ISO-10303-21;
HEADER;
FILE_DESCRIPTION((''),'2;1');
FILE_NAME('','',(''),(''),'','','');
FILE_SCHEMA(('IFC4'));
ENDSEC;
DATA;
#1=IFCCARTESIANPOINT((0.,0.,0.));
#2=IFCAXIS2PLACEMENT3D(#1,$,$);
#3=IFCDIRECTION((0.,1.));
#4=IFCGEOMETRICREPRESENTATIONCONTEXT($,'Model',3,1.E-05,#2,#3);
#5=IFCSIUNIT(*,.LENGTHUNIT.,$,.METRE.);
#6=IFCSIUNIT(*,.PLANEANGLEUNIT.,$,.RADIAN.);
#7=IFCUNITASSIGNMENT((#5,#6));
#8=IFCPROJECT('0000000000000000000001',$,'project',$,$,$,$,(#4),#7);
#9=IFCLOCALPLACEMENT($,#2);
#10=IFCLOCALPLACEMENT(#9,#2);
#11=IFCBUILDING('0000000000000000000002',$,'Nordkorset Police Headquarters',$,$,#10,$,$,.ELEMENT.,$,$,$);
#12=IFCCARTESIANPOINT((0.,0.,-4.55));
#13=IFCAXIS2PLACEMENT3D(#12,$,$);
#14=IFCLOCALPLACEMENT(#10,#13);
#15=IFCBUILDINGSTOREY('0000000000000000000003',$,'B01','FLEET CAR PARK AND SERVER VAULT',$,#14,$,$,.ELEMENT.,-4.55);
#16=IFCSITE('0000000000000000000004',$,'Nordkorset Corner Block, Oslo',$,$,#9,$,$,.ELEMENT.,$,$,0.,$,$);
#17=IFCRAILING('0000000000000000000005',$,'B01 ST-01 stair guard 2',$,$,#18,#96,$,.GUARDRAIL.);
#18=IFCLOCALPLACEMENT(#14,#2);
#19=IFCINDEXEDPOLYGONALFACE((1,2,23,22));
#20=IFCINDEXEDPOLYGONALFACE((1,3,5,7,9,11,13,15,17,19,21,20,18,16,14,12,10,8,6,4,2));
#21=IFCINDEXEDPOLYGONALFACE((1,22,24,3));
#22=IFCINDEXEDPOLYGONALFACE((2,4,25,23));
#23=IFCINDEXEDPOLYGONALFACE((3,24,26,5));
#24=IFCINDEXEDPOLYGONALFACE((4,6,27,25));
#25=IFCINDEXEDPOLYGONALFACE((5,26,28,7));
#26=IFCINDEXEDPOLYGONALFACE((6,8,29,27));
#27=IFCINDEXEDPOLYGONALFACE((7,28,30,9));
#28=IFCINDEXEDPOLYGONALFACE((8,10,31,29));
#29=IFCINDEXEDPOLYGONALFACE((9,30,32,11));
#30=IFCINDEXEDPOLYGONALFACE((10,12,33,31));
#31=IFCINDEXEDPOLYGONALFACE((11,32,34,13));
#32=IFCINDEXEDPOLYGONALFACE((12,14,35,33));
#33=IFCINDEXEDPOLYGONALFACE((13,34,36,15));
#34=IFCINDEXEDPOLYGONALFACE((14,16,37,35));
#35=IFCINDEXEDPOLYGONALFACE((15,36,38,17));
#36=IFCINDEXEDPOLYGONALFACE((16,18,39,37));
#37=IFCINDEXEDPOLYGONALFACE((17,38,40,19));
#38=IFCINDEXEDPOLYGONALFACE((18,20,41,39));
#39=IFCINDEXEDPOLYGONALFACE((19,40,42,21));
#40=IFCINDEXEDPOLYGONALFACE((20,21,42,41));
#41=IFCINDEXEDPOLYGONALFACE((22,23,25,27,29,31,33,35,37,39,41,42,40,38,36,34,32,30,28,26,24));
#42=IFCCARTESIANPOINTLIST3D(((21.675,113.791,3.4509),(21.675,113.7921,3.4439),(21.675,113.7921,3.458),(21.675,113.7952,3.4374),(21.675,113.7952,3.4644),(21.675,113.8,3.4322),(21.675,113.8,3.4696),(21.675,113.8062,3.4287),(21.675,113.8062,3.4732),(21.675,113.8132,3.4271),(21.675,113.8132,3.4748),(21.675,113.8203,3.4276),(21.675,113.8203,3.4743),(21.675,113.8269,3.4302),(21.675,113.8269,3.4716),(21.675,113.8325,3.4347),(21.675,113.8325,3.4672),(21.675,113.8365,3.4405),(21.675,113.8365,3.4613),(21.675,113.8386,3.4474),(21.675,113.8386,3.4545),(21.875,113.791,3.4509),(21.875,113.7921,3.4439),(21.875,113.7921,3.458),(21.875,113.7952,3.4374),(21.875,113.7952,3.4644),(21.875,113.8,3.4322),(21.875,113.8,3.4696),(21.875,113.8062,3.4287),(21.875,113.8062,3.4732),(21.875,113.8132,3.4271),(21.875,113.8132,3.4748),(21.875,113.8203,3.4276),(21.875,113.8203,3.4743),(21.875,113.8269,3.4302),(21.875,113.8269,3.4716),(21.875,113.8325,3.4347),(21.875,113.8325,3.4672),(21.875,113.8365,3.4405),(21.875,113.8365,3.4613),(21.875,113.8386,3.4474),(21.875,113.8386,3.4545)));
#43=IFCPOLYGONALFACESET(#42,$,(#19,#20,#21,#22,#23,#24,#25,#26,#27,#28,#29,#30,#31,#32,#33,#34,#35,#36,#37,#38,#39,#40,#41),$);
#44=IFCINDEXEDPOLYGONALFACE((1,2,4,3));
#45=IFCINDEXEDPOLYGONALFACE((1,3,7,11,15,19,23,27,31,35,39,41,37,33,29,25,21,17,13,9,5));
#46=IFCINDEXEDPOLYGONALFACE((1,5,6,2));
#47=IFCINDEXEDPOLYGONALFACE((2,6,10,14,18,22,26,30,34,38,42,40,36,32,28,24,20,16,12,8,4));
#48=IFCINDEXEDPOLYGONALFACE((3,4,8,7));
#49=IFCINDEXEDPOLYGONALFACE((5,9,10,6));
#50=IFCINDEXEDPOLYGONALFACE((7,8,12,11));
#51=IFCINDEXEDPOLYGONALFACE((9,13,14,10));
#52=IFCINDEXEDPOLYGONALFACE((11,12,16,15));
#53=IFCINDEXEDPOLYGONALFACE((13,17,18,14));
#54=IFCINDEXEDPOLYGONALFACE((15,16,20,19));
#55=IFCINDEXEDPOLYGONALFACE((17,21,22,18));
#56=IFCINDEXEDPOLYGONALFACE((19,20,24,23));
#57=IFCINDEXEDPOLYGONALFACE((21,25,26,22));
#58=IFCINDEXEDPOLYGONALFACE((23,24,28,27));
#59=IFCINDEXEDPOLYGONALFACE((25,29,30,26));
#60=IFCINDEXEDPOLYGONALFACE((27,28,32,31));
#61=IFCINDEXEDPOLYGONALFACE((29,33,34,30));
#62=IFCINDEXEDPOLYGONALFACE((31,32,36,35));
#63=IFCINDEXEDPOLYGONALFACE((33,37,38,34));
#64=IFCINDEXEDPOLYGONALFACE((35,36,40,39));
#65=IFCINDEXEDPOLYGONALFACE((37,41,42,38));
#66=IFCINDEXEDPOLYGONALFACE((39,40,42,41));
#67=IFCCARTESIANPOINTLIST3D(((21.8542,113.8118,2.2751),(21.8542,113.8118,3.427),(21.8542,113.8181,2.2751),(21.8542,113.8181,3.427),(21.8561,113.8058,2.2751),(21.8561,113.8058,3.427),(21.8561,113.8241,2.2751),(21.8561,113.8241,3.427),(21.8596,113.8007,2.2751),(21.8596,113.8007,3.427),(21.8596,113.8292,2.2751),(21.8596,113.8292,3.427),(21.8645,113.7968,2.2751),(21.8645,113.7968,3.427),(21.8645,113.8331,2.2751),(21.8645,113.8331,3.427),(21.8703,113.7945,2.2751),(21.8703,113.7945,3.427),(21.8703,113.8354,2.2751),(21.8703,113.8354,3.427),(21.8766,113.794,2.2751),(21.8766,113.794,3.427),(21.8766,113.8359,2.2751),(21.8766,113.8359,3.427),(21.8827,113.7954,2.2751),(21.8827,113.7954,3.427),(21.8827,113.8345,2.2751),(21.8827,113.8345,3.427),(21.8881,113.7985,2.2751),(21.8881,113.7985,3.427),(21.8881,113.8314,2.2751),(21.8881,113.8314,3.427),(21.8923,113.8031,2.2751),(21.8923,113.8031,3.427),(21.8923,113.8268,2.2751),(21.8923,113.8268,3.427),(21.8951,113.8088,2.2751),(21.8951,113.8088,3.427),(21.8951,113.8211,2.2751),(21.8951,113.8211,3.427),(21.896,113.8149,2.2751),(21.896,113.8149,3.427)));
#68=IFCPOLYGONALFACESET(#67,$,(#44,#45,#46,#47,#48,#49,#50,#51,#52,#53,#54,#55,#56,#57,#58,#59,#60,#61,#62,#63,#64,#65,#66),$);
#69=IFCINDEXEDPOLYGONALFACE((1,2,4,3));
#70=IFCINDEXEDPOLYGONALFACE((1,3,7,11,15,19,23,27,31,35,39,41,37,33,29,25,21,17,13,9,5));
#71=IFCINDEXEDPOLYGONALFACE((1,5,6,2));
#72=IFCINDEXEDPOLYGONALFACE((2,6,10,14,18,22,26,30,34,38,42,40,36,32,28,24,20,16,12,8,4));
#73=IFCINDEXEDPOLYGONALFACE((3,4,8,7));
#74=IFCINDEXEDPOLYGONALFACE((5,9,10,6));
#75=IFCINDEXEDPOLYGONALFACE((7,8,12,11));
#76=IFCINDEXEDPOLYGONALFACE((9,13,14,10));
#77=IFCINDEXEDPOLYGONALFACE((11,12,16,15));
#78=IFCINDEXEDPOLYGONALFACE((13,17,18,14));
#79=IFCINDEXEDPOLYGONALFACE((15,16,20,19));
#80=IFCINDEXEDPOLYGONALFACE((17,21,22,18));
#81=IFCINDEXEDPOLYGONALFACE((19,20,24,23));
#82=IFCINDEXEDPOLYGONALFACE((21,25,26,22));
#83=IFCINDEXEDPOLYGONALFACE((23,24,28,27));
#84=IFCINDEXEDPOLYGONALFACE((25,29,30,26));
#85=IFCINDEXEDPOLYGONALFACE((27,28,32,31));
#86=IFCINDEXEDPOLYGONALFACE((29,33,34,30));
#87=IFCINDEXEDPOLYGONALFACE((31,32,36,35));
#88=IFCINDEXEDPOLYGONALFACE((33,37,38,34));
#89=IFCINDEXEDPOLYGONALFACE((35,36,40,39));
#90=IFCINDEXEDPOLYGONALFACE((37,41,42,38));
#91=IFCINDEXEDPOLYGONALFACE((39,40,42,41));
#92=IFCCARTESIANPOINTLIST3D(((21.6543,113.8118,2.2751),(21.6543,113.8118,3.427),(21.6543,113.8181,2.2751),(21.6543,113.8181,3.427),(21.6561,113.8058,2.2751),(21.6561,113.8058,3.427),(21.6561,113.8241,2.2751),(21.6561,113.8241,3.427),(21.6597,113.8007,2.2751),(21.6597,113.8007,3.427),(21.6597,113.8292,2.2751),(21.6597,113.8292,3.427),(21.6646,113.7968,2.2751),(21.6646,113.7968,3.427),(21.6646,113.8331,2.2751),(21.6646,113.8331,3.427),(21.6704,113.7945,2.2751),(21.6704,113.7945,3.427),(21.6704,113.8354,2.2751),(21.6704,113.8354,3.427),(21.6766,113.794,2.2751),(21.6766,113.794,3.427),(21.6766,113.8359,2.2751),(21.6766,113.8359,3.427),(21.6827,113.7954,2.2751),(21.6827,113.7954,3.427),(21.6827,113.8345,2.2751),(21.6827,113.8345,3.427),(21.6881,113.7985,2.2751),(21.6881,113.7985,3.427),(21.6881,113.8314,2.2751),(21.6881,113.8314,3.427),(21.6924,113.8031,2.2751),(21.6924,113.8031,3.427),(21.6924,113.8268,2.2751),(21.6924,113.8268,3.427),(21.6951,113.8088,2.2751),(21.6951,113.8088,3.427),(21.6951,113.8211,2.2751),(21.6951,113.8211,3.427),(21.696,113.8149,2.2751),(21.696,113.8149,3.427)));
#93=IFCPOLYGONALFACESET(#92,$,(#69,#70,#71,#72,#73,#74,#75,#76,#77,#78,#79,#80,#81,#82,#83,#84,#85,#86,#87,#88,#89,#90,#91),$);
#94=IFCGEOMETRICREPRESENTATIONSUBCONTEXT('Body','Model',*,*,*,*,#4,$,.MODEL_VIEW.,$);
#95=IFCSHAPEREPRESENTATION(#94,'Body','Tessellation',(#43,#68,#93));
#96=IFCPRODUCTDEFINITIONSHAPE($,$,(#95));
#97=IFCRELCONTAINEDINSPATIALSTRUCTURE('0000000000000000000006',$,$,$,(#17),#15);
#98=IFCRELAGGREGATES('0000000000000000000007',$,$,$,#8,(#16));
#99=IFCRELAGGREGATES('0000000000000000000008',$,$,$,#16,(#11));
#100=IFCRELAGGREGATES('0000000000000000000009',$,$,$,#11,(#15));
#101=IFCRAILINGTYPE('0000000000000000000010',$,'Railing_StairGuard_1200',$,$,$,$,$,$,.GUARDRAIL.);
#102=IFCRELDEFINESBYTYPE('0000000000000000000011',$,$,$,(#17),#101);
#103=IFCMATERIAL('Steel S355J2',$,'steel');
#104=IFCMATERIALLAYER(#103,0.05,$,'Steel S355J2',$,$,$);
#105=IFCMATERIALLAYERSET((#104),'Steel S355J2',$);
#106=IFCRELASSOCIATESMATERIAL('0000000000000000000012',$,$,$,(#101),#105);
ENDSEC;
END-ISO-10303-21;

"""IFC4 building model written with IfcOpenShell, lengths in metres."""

from ifc_helpers import new_model, si_unit, direction, frame, origin, origin_2d, place, context, subcontext, project, spatial, circle, extrude, material, layer, layer_set, type_object, element, save


model = new_model("IFC4")

# Units and contexts
model_context = context("Model", 3, precision=1e-05, world=origin(), true_north=direction((0.0, 1.0)))
body_context = subcontext(model_context, "Body", "Model", "MODEL_VIEW")
ifc_project = project(units=[si_unit("LENGTHUNIT", "METRE"), si_unit("PLANEANGLEUNIT", "RADIAN")], contexts=[model_context])

# Site, building, storey
site_placement = place(None, origin())
site = spatial("IfcSite", under=ifc_project, at=site_placement, Name="Nordkorset Corner Block, Oslo", CompositionType="ELEMENT", RefElevation=0.0)
building_placement = place(site_placement, origin())
building = spatial("IfcBuilding", under=site, at=building_placement, Name="Nordkorset Police Headquarters", CompositionType="ELEMENT")
storey_placement = place(building_placement, frame((0.0, 0.0, -4.55)))
storey = spatial("IfcBuildingStorey", under=building, at=storey_placement, Name="B01", Description="FLEET CAR PARK AND SERVER VAULT", CompositionType="ELEMENT", Elevation=-4.55)

# Railing
ifc_material_1 = material(Name="Steel S355J2", Category="steel")
ifc_layer_1 = layer(ifc_material_1, 0.05, Name="Steel S355J2")
ifc_layer_set_1 = layer_set([ifc_layer_1], Name="Steel S355J2")
railing_type_1 = type_object("IfcRailingType", Name="Railing_StairGuard_1200", PredefinedType="GUARDRAIL", material=ifc_layer_set_1)
railing_1_placement = place(storey_placement, frame((21.875, 113.8149, 2.2751)))
element("IfcRailing", 1, at=railing_1_placement, inside=storey, type_object=railing_type_1, Name="B01 ST-01 stair guard 2", PredefinedType="GUARDRAIL", context=body_context, shape_type="SweptSolid", body=[
    extrude(circle(Radius=0.0239, at=origin_2d()), frame((0.0, 0.0, 1.1758), z_axis=(-1.0, 0.0, 0.0), x_axis=(0.0, -1.0, 0.0)), (0.0, 0.0, 1.0), 0.2),
    extrude(circle(Radius=0.021, at=origin_2d()), origin(), (0.0, 0.0, 1.0), 1.1519),
    extrude(circle(Radius=0.021, at=origin_2d()), frame((-0.2, 0.0, 0.0)), (0.0, 0.0, 1.0), 1.1519),
])

save(model, "model.ifc")
